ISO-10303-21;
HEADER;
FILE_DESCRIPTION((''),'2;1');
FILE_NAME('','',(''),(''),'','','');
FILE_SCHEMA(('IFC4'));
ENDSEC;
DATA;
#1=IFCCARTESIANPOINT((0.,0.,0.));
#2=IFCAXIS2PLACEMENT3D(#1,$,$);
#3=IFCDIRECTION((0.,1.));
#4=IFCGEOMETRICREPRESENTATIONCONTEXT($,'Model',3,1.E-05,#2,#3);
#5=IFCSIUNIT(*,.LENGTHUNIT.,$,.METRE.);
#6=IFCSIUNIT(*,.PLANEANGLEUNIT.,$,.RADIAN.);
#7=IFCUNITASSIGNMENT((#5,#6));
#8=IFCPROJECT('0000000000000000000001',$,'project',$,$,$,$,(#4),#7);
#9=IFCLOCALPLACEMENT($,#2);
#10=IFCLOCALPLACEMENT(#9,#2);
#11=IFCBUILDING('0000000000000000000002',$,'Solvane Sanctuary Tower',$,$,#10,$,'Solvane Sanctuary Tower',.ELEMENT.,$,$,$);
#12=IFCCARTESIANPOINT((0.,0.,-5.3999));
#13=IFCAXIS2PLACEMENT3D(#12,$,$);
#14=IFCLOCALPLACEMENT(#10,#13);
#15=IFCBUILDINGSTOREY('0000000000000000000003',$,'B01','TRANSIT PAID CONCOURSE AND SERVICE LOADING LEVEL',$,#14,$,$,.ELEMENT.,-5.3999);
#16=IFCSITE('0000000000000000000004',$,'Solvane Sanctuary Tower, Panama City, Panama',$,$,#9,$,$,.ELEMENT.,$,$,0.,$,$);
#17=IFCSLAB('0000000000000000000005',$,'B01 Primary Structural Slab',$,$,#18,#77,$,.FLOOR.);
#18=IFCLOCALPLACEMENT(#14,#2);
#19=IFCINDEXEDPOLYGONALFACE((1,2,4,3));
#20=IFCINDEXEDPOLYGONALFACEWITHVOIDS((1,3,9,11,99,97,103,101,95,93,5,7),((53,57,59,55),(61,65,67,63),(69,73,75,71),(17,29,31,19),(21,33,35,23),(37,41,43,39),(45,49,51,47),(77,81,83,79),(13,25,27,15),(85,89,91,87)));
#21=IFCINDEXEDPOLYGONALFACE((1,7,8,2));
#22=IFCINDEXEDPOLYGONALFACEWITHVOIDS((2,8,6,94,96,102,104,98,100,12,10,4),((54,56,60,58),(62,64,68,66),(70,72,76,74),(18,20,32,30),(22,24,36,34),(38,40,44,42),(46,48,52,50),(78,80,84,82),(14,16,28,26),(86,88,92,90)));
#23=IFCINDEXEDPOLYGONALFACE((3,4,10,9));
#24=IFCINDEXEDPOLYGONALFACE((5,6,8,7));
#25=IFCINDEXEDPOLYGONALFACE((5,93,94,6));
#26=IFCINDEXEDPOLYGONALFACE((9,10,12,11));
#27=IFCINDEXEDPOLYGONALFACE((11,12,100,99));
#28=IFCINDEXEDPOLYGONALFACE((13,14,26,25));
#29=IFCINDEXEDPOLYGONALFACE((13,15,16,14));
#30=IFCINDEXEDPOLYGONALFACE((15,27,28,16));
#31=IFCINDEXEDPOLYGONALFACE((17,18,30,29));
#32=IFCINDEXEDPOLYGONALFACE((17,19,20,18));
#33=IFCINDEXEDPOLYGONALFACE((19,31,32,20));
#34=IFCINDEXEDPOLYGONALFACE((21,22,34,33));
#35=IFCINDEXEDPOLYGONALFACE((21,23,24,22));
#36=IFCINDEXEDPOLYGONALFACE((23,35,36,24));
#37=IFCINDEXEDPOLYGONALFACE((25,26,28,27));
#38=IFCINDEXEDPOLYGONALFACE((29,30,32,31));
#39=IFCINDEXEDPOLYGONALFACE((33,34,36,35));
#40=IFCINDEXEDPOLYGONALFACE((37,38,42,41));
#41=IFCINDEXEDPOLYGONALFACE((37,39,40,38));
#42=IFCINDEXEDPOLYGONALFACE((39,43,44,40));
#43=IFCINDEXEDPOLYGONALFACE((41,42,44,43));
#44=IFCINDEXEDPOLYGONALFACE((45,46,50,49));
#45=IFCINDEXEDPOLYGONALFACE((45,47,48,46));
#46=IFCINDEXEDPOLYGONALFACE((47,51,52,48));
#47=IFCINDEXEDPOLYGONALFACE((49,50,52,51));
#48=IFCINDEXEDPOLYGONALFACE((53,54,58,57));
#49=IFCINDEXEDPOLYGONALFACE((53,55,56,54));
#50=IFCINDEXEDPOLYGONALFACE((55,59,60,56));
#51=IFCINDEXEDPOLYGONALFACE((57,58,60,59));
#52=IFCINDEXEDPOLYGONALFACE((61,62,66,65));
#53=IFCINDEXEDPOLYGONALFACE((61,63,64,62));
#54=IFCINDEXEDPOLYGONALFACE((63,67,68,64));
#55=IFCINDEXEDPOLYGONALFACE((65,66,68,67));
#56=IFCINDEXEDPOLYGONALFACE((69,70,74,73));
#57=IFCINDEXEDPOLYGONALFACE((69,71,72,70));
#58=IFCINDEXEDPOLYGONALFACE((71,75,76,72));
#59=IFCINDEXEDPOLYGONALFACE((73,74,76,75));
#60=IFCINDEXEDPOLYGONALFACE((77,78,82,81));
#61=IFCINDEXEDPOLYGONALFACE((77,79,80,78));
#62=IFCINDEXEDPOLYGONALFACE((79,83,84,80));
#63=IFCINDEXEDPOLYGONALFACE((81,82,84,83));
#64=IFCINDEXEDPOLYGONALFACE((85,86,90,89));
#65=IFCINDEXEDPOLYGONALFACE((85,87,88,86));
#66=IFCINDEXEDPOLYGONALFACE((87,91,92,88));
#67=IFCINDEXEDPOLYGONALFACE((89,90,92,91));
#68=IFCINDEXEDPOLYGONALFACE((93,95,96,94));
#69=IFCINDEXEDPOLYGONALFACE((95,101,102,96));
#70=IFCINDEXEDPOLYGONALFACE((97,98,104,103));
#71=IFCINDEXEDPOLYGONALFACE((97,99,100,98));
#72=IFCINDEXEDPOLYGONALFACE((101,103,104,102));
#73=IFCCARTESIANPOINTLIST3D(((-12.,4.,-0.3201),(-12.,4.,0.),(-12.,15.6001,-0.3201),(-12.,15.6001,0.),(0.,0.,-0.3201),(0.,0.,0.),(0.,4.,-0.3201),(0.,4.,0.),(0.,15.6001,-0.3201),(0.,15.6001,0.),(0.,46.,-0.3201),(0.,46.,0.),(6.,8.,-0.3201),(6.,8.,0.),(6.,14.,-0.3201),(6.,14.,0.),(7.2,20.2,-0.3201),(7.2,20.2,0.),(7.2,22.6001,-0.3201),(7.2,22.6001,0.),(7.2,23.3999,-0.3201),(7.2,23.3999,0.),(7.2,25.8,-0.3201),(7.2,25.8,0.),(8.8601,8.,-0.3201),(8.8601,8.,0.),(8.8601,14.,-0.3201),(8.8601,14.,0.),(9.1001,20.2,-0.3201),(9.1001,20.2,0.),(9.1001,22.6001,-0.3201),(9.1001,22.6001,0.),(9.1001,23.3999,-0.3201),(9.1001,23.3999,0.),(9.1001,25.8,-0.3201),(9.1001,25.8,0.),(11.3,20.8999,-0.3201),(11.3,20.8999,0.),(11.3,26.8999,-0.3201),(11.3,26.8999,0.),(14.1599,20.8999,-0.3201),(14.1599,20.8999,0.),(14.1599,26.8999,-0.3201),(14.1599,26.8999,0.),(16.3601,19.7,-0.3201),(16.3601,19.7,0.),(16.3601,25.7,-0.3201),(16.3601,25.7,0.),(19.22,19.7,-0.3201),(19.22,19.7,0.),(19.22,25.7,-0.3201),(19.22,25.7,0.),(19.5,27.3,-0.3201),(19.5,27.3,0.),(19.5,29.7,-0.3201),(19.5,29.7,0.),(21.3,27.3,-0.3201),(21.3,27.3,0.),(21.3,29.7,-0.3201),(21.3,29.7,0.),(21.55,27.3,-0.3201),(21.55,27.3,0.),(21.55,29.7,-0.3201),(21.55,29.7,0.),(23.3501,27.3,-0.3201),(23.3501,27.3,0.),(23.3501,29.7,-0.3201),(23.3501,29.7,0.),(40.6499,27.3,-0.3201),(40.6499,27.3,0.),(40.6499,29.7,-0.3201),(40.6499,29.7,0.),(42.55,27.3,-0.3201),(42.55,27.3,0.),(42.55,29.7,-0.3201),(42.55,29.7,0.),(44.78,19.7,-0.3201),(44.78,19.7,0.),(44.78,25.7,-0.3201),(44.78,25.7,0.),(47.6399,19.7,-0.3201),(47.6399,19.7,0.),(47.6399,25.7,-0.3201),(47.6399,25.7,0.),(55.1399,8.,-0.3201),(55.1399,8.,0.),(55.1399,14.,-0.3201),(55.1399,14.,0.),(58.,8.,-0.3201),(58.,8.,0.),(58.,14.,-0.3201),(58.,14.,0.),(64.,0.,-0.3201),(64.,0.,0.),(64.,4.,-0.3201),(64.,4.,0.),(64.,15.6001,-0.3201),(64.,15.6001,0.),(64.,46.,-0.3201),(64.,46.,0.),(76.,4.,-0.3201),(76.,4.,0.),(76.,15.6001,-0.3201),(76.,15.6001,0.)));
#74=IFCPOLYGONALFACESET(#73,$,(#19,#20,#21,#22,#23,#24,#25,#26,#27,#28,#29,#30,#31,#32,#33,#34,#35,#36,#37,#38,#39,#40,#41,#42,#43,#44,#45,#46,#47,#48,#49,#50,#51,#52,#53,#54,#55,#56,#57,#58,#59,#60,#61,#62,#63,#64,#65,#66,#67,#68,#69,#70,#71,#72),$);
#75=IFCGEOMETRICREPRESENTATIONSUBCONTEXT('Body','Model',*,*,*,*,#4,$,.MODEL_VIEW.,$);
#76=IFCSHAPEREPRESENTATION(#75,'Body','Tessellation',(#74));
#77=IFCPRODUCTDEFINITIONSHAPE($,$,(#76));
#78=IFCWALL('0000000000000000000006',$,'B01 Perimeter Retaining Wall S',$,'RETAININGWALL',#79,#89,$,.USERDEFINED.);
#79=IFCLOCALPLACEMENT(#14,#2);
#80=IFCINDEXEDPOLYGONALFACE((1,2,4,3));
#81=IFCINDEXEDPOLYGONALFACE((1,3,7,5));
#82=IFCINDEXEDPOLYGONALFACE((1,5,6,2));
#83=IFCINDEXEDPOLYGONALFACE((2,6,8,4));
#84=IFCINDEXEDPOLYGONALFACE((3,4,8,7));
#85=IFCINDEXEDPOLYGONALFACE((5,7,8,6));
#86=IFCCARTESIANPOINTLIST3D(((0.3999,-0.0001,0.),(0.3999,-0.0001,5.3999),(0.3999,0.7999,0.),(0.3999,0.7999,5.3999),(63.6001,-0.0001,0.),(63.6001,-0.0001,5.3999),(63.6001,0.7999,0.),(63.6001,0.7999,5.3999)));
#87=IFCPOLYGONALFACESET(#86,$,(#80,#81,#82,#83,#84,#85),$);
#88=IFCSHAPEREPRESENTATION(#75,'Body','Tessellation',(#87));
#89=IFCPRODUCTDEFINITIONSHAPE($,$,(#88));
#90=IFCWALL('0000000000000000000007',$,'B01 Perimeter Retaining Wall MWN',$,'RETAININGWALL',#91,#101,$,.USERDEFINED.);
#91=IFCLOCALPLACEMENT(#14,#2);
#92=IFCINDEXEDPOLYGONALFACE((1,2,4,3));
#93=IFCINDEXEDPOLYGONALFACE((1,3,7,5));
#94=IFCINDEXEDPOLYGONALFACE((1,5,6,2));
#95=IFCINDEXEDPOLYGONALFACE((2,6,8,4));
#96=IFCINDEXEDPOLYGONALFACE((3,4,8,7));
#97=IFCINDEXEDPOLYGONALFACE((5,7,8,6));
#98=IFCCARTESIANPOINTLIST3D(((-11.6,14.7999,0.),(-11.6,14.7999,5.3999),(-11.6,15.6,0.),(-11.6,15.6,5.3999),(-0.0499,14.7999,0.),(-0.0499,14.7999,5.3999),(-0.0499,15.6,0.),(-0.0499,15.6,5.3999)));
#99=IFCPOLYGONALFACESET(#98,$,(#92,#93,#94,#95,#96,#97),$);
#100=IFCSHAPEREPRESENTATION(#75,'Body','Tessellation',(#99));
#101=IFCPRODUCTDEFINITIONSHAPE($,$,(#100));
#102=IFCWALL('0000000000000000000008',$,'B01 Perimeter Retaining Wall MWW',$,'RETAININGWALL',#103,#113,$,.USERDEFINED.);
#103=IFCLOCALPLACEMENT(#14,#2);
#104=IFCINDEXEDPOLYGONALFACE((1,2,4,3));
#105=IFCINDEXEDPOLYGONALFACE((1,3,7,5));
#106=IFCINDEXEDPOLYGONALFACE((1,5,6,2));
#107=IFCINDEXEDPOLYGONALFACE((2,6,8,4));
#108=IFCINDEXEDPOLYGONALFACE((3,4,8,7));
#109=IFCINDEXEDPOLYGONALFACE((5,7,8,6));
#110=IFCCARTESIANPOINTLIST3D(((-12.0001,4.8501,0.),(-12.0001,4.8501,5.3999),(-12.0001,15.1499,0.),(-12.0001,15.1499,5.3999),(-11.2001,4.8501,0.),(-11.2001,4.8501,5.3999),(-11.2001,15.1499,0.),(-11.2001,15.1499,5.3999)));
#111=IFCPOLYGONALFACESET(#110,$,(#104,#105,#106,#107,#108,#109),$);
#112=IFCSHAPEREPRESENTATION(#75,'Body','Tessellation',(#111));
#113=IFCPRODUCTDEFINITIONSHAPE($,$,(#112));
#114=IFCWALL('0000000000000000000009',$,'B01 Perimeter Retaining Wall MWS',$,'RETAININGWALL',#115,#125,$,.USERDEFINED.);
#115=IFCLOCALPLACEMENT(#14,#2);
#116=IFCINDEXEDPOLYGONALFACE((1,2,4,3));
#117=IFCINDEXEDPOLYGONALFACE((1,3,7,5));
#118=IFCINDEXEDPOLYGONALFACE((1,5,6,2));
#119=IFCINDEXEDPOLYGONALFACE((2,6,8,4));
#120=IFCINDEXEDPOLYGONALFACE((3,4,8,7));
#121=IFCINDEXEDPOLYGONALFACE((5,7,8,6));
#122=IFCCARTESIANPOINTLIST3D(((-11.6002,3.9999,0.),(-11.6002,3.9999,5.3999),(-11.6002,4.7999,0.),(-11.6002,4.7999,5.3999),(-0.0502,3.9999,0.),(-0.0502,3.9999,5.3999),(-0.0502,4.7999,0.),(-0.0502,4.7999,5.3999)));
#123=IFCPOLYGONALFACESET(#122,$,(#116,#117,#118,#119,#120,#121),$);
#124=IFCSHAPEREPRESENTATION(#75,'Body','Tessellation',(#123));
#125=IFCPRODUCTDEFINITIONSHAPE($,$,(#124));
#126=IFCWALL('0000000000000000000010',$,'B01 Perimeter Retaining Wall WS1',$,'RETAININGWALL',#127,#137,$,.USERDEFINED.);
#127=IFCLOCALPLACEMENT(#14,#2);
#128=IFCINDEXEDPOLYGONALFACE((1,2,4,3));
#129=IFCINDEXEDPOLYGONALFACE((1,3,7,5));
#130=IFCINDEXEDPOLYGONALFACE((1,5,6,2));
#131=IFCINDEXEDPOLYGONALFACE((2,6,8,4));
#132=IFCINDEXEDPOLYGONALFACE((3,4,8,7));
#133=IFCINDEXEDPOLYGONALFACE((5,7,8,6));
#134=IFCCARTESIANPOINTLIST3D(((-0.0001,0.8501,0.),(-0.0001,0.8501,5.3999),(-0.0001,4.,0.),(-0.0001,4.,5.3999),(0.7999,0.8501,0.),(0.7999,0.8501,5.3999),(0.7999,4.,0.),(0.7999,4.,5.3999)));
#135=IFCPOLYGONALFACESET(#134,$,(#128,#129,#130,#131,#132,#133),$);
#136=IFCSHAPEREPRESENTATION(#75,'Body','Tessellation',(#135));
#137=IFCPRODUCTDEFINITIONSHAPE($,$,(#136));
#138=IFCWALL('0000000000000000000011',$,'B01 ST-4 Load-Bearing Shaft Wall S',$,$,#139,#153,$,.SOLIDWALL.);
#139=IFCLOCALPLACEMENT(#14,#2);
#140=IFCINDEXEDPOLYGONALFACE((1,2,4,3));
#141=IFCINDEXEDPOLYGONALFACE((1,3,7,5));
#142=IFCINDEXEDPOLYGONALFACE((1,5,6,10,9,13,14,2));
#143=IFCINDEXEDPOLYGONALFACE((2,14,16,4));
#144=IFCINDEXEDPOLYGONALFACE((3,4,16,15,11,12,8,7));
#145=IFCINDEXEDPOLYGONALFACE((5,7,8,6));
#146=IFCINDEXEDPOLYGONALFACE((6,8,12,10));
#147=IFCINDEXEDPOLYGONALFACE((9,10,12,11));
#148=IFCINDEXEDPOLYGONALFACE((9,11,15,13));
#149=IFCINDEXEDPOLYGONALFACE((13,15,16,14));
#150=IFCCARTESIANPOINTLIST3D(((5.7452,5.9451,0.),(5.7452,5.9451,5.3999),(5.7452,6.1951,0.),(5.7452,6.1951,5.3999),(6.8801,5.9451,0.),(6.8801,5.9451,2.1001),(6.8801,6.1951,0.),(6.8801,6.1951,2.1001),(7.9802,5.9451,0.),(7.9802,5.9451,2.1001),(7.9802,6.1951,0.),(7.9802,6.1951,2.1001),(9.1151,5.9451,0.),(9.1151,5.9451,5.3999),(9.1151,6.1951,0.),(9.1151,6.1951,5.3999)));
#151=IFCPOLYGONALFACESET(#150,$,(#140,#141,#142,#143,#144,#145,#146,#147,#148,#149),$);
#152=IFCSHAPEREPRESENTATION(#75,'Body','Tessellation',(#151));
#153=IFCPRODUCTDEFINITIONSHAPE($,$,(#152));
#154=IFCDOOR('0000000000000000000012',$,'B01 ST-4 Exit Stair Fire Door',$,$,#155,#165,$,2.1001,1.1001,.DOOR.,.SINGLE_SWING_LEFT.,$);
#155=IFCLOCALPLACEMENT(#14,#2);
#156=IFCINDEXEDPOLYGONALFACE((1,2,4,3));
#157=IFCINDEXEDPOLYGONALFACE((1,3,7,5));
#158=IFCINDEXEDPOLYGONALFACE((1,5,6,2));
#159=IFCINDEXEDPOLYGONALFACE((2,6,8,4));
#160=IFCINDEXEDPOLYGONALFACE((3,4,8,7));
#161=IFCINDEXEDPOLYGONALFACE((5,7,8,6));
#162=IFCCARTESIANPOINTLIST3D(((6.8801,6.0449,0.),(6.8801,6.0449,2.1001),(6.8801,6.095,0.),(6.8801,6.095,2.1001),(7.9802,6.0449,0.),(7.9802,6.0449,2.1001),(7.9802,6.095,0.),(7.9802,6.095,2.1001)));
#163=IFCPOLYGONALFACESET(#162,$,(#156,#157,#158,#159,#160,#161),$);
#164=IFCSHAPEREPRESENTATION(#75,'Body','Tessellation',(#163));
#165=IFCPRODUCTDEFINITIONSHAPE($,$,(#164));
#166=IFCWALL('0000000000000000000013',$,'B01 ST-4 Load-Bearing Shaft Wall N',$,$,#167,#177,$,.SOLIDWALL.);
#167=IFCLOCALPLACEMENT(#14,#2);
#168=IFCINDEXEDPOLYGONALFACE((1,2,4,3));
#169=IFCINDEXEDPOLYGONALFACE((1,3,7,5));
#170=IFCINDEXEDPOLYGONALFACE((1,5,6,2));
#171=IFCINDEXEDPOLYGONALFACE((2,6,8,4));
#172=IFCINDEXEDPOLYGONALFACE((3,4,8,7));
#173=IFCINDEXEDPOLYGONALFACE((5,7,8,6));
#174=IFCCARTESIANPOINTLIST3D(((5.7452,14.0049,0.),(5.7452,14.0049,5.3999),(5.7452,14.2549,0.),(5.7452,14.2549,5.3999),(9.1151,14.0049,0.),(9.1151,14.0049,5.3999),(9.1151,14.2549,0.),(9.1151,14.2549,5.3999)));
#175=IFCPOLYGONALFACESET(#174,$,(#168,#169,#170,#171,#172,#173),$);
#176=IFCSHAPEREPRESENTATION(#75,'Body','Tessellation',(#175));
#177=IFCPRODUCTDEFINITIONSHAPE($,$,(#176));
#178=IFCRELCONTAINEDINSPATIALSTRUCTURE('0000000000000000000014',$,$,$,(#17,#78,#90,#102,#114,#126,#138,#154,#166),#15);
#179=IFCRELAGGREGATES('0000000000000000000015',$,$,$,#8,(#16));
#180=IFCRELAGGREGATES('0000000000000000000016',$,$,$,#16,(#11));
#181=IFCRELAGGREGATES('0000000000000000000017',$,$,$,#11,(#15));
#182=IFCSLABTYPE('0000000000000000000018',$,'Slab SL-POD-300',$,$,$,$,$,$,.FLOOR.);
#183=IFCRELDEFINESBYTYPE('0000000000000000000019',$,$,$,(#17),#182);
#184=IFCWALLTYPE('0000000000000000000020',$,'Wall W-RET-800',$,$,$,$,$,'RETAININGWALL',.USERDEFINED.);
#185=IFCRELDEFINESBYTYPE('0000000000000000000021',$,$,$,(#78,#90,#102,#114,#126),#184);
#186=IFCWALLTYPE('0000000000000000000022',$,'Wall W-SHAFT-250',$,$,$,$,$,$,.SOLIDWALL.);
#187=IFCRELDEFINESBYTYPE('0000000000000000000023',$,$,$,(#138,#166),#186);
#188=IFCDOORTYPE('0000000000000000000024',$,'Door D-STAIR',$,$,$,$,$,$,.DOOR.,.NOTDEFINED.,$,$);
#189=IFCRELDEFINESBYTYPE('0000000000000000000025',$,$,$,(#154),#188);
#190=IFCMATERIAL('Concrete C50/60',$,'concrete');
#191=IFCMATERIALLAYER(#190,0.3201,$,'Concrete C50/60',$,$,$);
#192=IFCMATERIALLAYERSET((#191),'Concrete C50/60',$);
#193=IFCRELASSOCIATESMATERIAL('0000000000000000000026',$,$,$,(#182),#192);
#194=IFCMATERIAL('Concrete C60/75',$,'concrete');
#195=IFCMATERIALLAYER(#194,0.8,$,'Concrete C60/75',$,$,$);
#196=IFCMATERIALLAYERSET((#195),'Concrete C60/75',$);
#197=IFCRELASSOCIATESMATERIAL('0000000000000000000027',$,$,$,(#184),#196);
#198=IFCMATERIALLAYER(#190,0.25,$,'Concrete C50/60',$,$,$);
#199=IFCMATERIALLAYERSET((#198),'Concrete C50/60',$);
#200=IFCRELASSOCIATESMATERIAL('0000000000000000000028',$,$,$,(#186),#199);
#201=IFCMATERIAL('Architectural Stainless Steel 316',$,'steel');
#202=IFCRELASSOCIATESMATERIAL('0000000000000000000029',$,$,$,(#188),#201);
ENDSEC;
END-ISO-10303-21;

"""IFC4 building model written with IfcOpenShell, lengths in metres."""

from ifc_helpers import new_model, si_unit, direction, frame, frame_2d, origin, place, context, subcontext, project, spatial, polyline, rectangle, outline, extrude, material, layer, layer_set, type_object, element, fill, save


model = new_model("IFC4")

# Units and contexts
model_context = context("Model", 3, precision=1e-05, world=origin(), true_north=direction((0.0, 1.0)))
body_context = subcontext(model_context, "Body", "Model", "MODEL_VIEW")
ifc_project = project(units=[si_unit("LENGTHUNIT", "METRE"), si_unit("PLANEANGLEUNIT", "RADIAN")], contexts=[model_context])

# Site, building, storey
site_placement = place(None, origin())
site = spatial("IfcSite", under=ifc_project, at=site_placement, Name="Solvane Sanctuary Tower, Panama City, Panama", CompositionType="ELEMENT", RefElevation=0.0)
building_placement = place(site_placement, origin())
building = spatial("IfcBuilding", under=site, at=building_placement, Name="Solvane Sanctuary Tower", LongName="Solvane Sanctuary Tower", CompositionType="ELEMENT")
storey_placement = place(building_placement, frame((0.0, 0.0, -5.3999)))
storey = spatial("IfcBuildingStorey", under=building, at=storey_placement, Name="B01", Description="TRANSIT PAID CONCOURSE AND SERVICE LOADING LEVEL", CompositionType="ELEMENT", Elevation=-5.3999)

# Shared definitions
ifc_material_1 = material(Name="Concrete C50/60", Category="concrete")

# Slab
ifc_layer_1 = layer(ifc_material_1, 0.3201, Name="Concrete C50/60")
ifc_layer_set_1 = layer_set([ifc_layer_1], Name="Concrete C50/60")
slab_type_1 = type_object("IfcSlabType", Name="Slab SL-POD-300", PredefinedType="FLOOR", material=ifc_layer_set_1)
slab_1_placement = place(storey_placement, frame((0.0, 0.0, -0.3201)))
element("IfcSlab", 1, at=slab_1_placement, inside=storey, type_object=slab_type_1, Name="B01 Primary Structural Slab", PredefinedType="FLOOR", context=body_context, shape_type="SweptSolid", body=[
    extrude(outline(polyline([(0.0, 0.0), (64.0, 0.0), (64.0, 4.0), (76.0, 4.0), (76.0, 15.6001), (64.0, 15.6001), (64.0, 46.0), (0.0, 46.0), (0.0, 15.6001), (-12.0, 15.6001), (-12.0, 4.0), (0.0, 4.0), (0.0, 0.0)]), holes=[polyline([(16.3601, 19.7), (16.3601, 25.7), (19.22, 25.7), (19.22, 19.7), (16.3601, 19.7)]), polyline([(44.78, 19.7), (44.78, 25.7), (47.6399, 25.7), (47.6399, 19.7), (44.78, 19.7)]), polyline([(11.3, 20.8999), (11.3, 26.8999), (14.1599, 26.8999), (14.1599, 20.8999), (11.3, 20.8999)]), polyline([(6.0, 8.0), (6.0, 14.0), (8.8601, 14.0), (8.8601, 8.0), (6.0, 8.0)]), polyline([(55.1399, 8.0), (55.1399, 14.0), (58.0, 14.0), (58.0, 8.0), (55.1399, 8.0)]), polyline([(19.5, 29.7), (21.3, 29.7), (21.3, 27.3), (19.5, 27.3), (19.5, 29.7)]), polyline([(21.55, 29.7), (23.3501, 29.7), (23.3501, 27.3), (21.55, 27.3), (21.55, 29.7)]), polyline([(40.6499, 29.7), (42.55, 29.7), (42.55, 27.3), (40.6499, 27.3), (40.6499, 29.7)]), polyline([(7.2, 22.6001), (9.1001, 22.6001), (9.1001, 20.2), (7.2, 20.2), (7.2, 22.6001)]), polyline([(7.2, 25.8), (9.1001, 25.8), (9.1001, 23.3999), (7.2, 23.3999), (7.2, 25.8)])]), origin(), (0.0, 0.0, 1.0), 0.3201),
])

# Walls
ifc_material_2 = material(Name="Concrete C60/75", Category="concrete")
ifc_layer_2 = layer(ifc_material_2, 0.8, Name="Concrete C60/75")
ifc_layer_set_2 = layer_set([ifc_layer_2], Name="Concrete C60/75")
wall_type_1 = type_object("IfcWallType", Name="Wall W-RET-800", ElementType="RETAININGWALL", PredefinedType="USERDEFINED", material=ifc_layer_set_2)
wall_1_placement = place(storey_placement, frame((0.3999, 0.3999, 0.0), z_axis=(0.0, 0.0, 1.0), x_axis=(1.0, 0.0, 0.0)))
element("IfcWall", 2, at=wall_1_placement, inside=storey, type_object=wall_type_1, Name="B01 Perimeter Retaining Wall S", ObjectType="RETAININGWALL", PredefinedType="USERDEFINED", context=body_context, shape_type="SweptSolid", body=[
    extrude(rectangle(XDim=63.2002, YDim=0.8, at=frame_2d((31.6001, 0.0))), origin(), (0.0, 0.0, 1.0), 5.3999),
])
wall_2_placement = place(storey_placement, frame((-0.05, 15.2, 0.0), z_axis=(0.0, 0.0, 1.0), x_axis=(-1.0, 0.0, 0.0)))
element("IfcWall", 3, at=wall_2_placement, inside=storey, type_object=wall_type_1, Name="B01 Perimeter Retaining Wall MWN", ObjectType="RETAININGWALL", PredefinedType="USERDEFINED", context=body_context, shape_type="SweptSolid", body=[
    extrude(rectangle(XDim=11.55, YDim=0.8, at=frame_2d((5.7749, 0.0))), origin(), (0.0, 0.0, 1.0), 5.3999),
])
wall_3_placement = place(storey_placement, frame((-11.6001, 15.1499, 0.0), z_axis=(0.0, 0.0, 1.0), x_axis=(0.0, -1.0, 0.0)))
element("IfcWall", 4, at=wall_3_placement, inside=storey, type_object=wall_type_1, Name="B01 Perimeter Retaining Wall MWW", ObjectType="RETAININGWALL", PredefinedType="USERDEFINED", context=body_context, shape_type="SweptSolid", body=[
    extrude(rectangle(XDim=10.2998, YDim=0.8, at=frame_2d((5.1499, 0.0))), origin(), (0.0, 0.0, 1.0), 5.3999),
])
wall_4_placement = place(storey_placement, frame((-11.6001, 4.3999, 0.0), z_axis=(0.0, 0.0, 1.0), x_axis=(1.0, 0.0, 0.0)))
element("IfcWall", 5, at=wall_4_placement, inside=storey, type_object=wall_type_1, Name="B01 Perimeter Retaining Wall MWS", ObjectType="RETAININGWALL", PredefinedType="USERDEFINED", context=body_context, shape_type="SweptSolid", body=[
    extrude(rectangle(XDim=11.55, YDim=0.8, at=frame_2d((5.7749, 0.0))), origin(), (0.0, 0.0, 1.0), 5.3999),
])
wall_5_placement = place(storey_placement, frame((0.3999, 4.0, 0.0), z_axis=(0.0, 0.0, 1.0), x_axis=(0.0, -1.0, 0.0)))
element("IfcWall", 6, at=wall_5_placement, inside=storey, type_object=wall_type_1, Name="B01 Perimeter Retaining Wall WS1", ObjectType="RETAININGWALL", PredefinedType="USERDEFINED", context=body_context, shape_type="SweptSolid", body=[
    extrude(rectangle(XDim=3.1499, YDim=0.8, at=frame_2d((1.575, 0.0))), origin(), (0.0, 0.0, 1.0), 5.3999),
])

# Wall, opening, door
ifc_layer_3 = layer(ifc_material_1, 0.25, Name="Concrete C50/60")
ifc_layer_set_3 = layer_set([ifc_layer_3], Name="Concrete C50/60")
wall_type_2 = type_object("IfcWallType", Name="Wall W-SHAFT-250", PredefinedType="SOLIDWALL", material=ifc_layer_set_3)
wall_6_placement = place(storey_placement, frame((5.7451, 6.0701, 0.0), z_axis=(0.0, 0.0, 1.0), x_axis=(1.0, 0.0, 0.0)))
wall_6 = element("IfcWall", 7, at=wall_6_placement, inside=storey, type_object=wall_type_2, Name="B01 ST-4 Load-Bearing Shaft Wall S", PredefinedType="SOLIDWALL", context=body_context, shape_type="SweptSolid", body=[
    extrude(rectangle(XDim=3.3699, YDim=0.25, at=frame_2d((1.6851, 0.0))), origin(), (0.0, 0.0, 1.0), 5.3999),
])
opening_placement = place(wall_6_placement, frame((1.135, 0.0, 0.0)))
opening = element("IfcOpeningElement", 8, at=opening_placement, cuts=wall_6, PredefinedType="OPENING", context=body_context, shape_type="SweptSolid", body=[
    extrude(rectangle(XDim=1.1001, YDim=2.1001, at=frame_2d((0.55, 1.05))), frame((0.0, 0.135, 0.0), z_axis=(0.0, -1.0, 0.0), x_axis=(1.0, 0.0, 0.0)), (0.0, 0.0, 1.0), 0.27),
])
ifc_material_3 = material(Name="Architectural Stainless Steel 316", Category="steel")
door_type = type_object("IfcDoorType", Name="Door D-STAIR", OperationType="NOTDEFINED", PredefinedType="DOOR", material=ifc_material_3)
door_placement = place(opening_placement, origin())
door = element("IfcDoor", 9, at=door_placement, inside=storey, type_object=door_type, Name="B01 ST-4 Exit Stair Fire Door", OperationType="SINGLE_SWING_LEFT", OverallHeight=2.1001, OverallWidth=1.1001, PredefinedType="DOOR", context=body_context, shape_type="SweptSolid", body=[
    extrude(rectangle(XDim=1.1001, YDim=2.1001, at=frame_2d((0.55, 1.05))), frame((0.0, 0.0249, 0.0), z_axis=(0.0, -1.0, 0.0), x_axis=(1.0, 0.0, 0.0)), (0.0, 0.0, 1.0), 0.05),
])
fill(opening, door)

# Wall
wall_7_placement = place(storey_placement, frame((5.7451, 14.1299, 0.0), z_axis=(0.0, 0.0, 1.0), x_axis=(1.0, 0.0, 0.0)))
element("IfcWall", 10, at=wall_7_placement, inside=storey, type_object=wall_type_2, Name="B01 ST-4 Load-Bearing Shaft Wall N", PredefinedType="SOLIDWALL", context=body_context, shape_type="SweptSolid", body=[
    extrude(rectangle(XDim=3.3699, YDim=0.25, at=frame_2d((1.6851, 0.0))), origin(), (0.0, 0.0, 1.0), 5.3999),
])

save(model, "model.ifc")
